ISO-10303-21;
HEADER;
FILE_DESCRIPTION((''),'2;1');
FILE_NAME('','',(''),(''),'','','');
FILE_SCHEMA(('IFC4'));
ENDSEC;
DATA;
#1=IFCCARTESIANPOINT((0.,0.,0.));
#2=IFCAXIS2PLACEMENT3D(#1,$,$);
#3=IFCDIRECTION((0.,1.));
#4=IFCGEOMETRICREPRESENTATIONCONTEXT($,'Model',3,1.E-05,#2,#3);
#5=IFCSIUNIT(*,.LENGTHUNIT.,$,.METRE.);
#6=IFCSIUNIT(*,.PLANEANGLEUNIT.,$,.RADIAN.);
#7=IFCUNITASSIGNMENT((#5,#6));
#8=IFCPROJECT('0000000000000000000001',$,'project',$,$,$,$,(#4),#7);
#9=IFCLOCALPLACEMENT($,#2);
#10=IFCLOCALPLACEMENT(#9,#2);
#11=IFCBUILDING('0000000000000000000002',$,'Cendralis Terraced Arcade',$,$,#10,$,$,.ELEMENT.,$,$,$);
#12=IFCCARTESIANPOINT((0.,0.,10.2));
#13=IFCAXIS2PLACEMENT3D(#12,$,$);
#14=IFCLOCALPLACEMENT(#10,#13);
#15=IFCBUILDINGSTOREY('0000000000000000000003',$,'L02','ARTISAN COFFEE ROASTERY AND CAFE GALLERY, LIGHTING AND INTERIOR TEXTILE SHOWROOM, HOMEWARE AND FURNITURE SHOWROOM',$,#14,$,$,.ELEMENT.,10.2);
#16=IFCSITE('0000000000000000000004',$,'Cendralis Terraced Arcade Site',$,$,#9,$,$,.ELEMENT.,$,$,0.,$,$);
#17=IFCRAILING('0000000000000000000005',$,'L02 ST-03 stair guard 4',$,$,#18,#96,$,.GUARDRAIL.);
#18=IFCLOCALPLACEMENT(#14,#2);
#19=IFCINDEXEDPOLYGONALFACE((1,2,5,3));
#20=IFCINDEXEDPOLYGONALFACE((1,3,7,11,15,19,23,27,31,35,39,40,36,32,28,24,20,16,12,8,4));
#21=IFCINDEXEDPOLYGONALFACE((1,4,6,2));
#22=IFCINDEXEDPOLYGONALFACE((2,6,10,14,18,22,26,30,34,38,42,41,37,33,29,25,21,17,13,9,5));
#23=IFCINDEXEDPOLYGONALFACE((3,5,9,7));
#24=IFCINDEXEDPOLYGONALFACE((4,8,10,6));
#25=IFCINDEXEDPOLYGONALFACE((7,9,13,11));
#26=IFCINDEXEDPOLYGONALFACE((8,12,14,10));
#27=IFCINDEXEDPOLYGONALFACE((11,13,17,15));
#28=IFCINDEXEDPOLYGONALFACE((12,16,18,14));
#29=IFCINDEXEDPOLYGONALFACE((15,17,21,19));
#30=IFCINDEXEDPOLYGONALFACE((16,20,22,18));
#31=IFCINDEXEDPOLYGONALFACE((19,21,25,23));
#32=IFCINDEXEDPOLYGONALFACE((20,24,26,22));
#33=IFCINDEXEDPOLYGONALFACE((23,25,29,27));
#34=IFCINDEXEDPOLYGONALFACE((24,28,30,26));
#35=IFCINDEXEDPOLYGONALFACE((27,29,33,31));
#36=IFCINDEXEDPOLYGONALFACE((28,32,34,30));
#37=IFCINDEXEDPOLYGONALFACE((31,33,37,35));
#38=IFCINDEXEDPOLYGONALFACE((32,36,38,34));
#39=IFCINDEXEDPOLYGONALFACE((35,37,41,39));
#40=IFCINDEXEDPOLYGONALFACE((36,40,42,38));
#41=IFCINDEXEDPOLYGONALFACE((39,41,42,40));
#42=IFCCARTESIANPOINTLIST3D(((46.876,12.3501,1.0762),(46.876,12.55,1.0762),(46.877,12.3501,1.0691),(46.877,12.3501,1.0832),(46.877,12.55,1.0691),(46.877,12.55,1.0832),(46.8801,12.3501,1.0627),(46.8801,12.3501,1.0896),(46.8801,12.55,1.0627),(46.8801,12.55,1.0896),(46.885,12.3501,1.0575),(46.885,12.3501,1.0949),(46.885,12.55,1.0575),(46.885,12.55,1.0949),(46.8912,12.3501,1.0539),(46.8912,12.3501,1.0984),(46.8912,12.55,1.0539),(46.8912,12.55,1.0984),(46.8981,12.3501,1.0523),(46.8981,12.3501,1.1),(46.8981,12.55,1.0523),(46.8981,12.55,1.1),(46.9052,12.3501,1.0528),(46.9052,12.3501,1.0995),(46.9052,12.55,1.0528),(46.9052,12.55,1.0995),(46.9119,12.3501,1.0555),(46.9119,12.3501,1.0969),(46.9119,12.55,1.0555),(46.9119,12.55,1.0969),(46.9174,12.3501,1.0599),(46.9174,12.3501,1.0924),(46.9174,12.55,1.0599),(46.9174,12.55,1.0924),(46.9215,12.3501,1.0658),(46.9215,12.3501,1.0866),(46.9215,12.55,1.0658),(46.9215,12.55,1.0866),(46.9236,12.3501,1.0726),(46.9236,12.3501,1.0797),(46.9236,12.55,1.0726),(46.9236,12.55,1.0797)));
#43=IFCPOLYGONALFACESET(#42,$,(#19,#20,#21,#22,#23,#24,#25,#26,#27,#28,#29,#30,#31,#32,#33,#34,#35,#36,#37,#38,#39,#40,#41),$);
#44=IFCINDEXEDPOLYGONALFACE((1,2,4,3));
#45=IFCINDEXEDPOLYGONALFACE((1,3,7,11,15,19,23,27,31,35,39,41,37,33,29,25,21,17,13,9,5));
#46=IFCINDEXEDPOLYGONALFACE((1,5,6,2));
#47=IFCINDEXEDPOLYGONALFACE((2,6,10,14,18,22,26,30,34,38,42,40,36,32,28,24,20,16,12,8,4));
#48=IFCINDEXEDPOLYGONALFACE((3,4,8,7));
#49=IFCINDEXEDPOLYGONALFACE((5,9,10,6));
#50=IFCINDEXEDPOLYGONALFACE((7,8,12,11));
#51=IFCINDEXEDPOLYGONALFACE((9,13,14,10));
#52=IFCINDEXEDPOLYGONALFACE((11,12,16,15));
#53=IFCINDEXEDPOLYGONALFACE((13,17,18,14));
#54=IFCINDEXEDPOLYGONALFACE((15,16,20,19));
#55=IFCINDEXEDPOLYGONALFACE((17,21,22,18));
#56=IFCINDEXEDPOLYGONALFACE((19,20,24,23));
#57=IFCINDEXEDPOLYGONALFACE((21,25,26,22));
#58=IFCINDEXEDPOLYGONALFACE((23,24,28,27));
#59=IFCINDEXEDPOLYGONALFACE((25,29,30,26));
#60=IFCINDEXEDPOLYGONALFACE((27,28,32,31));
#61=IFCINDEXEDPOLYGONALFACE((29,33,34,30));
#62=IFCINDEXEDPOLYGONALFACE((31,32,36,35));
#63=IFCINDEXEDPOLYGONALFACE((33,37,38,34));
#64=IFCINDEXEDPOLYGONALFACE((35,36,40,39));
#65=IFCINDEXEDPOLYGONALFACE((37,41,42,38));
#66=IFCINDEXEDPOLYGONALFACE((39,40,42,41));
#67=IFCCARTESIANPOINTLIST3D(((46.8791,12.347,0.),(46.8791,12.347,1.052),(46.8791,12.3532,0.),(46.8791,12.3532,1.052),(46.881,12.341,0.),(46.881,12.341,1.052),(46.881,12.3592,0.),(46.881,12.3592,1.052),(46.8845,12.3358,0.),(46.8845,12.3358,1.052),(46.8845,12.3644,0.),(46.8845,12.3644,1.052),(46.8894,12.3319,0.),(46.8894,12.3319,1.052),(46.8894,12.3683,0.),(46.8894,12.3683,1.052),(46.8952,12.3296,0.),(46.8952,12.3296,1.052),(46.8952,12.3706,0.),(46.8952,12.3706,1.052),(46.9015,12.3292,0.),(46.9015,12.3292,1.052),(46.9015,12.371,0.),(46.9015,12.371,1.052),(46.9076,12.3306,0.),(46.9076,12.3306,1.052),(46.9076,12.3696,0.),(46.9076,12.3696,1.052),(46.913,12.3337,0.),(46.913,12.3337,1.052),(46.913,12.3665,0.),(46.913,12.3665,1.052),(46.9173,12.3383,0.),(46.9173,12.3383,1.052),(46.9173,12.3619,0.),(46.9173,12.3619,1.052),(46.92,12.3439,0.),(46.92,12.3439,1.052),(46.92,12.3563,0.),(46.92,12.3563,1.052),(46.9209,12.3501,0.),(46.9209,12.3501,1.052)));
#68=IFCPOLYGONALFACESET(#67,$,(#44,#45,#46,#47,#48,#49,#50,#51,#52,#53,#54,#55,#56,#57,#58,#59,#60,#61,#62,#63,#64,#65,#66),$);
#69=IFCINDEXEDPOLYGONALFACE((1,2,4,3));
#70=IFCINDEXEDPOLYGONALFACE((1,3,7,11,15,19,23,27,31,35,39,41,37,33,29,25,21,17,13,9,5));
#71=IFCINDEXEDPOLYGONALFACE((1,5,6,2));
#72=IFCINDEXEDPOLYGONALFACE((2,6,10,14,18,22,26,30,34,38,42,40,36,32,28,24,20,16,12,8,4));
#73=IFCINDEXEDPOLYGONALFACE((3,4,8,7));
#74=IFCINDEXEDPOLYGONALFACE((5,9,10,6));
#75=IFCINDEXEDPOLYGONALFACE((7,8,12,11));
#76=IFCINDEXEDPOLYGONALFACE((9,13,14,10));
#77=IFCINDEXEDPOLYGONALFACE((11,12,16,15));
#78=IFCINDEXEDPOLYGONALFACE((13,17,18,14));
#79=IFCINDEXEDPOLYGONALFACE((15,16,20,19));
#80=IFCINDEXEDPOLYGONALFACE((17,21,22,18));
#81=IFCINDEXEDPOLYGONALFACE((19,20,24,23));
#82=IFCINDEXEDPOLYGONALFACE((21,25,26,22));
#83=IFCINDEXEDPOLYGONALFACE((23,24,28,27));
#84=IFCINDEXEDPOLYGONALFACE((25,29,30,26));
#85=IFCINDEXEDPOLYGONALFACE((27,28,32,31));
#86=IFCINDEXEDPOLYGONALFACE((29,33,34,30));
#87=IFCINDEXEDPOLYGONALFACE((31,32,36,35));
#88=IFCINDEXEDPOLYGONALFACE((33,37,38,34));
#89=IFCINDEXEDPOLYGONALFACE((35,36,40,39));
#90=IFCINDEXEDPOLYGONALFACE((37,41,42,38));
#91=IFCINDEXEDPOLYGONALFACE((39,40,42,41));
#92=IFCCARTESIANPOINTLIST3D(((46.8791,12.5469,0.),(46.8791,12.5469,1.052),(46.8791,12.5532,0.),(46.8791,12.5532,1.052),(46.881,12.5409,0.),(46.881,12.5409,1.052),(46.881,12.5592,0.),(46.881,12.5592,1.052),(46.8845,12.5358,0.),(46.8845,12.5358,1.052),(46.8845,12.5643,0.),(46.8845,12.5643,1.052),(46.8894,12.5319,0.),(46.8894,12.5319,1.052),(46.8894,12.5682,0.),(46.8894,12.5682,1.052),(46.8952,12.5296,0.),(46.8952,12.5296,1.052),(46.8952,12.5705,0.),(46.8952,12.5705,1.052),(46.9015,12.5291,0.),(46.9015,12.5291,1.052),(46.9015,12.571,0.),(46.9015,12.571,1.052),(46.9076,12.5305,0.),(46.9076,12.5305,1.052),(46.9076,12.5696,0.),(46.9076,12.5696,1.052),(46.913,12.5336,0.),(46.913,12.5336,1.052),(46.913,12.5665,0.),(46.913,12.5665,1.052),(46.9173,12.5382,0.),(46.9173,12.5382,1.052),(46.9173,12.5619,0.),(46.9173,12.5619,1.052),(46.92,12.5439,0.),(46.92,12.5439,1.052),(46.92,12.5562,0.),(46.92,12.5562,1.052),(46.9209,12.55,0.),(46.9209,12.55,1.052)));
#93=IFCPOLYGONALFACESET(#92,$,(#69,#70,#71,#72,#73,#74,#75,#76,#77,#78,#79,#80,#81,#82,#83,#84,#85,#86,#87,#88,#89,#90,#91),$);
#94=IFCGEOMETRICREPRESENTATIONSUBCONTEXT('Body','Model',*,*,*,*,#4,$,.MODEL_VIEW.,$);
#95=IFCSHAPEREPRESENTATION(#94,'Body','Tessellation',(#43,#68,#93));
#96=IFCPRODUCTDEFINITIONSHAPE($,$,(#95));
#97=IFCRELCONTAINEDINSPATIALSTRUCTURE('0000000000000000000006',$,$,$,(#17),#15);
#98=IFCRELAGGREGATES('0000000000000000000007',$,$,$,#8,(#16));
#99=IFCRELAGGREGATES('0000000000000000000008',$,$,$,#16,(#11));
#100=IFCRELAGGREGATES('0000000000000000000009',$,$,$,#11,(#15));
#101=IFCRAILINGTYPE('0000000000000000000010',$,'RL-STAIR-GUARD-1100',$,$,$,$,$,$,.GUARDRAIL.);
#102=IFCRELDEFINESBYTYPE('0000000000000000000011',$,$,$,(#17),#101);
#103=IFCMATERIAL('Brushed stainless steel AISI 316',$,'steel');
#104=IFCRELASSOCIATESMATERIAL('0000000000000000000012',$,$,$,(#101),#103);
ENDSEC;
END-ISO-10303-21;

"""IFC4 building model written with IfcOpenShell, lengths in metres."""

from ifc_helpers import new_model, si_unit, direction, frame, origin, origin_2d, place, context, subcontext, project, spatial, circle, extrude, material, type_object, element, save


model = new_model("IFC4")

# Units and contexts
model_context = context("Model", 3, precision=1e-05, world=origin(), true_north=direction((0.0, 1.0)))
body_context = subcontext(model_context, "Body", "Model", "MODEL_VIEW")
ifc_project = project(units=[si_unit("LENGTHUNIT", "METRE"), si_unit("PLANEANGLEUNIT", "RADIAN")], contexts=[model_context])

# Site, building, storey
site_placement = place(None, origin())
site = spatial("IfcSite", under=ifc_project, at=site_placement, Name="Cendralis Terraced Arcade Site", CompositionType="ELEMENT", RefElevation=0.0)
building_placement = place(site_placement, origin())
building = spatial("IfcBuilding", under=site, at=building_placement, Name="Cendralis Terraced Arcade", CompositionType="ELEMENT")
storey_placement = place(building_placement, frame((0.0, 0.0, 10.2)))
storey = spatial("IfcBuildingStorey", under=building, at=storey_placement, Name="L02", Description="ARTISAN COFFEE ROASTERY AND CAFE GALLERY, LIGHTING AND INTERIOR TEXTILE SHOWROOM, HOMEWARE AND FURNITURE SHOWROOM", CompositionType="ELEMENT", Elevation=10.2)

# Railing
ifc_material_1 = material(Name="Brushed stainless steel AISI 316", Category="steel")
railing_type_1 = type_object("IfcRailingType", Name="RL-STAIR-GUARD-1100", PredefinedType="GUARDRAIL", material=ifc_material_1)
railing_1_placement = place(storey_placement, frame((46.8999, 12.3501, 0.0)))
element("IfcRailing", 1, at=railing_1_placement, inside=storey, type_object=railing_type_1, Name="L02 ST-03 stair guard 4", PredefinedType="GUARDRAIL", context=body_context, shape_type="SweptSolid", body=[
    extrude(circle(Radius=0.0239, at=origin_2d()), frame((0.0, 0.0, 1.0762), z_axis=(0.0, 1.0, 0.0), x_axis=(-1.0, 0.0, 0.0)), (0.0, 0.0, 1.0), 0.2),
    extrude(circle(Radius=0.021, at=origin_2d()), origin(), (0.0, 0.0, 1.0), 1.052),
    extrude(circle(Radius=0.021, at=origin_2d()), frame((0.0, 0.2, 0.0)), (0.0, 0.0, 1.0), 1.052),
])

save(model, "model.ifc")
